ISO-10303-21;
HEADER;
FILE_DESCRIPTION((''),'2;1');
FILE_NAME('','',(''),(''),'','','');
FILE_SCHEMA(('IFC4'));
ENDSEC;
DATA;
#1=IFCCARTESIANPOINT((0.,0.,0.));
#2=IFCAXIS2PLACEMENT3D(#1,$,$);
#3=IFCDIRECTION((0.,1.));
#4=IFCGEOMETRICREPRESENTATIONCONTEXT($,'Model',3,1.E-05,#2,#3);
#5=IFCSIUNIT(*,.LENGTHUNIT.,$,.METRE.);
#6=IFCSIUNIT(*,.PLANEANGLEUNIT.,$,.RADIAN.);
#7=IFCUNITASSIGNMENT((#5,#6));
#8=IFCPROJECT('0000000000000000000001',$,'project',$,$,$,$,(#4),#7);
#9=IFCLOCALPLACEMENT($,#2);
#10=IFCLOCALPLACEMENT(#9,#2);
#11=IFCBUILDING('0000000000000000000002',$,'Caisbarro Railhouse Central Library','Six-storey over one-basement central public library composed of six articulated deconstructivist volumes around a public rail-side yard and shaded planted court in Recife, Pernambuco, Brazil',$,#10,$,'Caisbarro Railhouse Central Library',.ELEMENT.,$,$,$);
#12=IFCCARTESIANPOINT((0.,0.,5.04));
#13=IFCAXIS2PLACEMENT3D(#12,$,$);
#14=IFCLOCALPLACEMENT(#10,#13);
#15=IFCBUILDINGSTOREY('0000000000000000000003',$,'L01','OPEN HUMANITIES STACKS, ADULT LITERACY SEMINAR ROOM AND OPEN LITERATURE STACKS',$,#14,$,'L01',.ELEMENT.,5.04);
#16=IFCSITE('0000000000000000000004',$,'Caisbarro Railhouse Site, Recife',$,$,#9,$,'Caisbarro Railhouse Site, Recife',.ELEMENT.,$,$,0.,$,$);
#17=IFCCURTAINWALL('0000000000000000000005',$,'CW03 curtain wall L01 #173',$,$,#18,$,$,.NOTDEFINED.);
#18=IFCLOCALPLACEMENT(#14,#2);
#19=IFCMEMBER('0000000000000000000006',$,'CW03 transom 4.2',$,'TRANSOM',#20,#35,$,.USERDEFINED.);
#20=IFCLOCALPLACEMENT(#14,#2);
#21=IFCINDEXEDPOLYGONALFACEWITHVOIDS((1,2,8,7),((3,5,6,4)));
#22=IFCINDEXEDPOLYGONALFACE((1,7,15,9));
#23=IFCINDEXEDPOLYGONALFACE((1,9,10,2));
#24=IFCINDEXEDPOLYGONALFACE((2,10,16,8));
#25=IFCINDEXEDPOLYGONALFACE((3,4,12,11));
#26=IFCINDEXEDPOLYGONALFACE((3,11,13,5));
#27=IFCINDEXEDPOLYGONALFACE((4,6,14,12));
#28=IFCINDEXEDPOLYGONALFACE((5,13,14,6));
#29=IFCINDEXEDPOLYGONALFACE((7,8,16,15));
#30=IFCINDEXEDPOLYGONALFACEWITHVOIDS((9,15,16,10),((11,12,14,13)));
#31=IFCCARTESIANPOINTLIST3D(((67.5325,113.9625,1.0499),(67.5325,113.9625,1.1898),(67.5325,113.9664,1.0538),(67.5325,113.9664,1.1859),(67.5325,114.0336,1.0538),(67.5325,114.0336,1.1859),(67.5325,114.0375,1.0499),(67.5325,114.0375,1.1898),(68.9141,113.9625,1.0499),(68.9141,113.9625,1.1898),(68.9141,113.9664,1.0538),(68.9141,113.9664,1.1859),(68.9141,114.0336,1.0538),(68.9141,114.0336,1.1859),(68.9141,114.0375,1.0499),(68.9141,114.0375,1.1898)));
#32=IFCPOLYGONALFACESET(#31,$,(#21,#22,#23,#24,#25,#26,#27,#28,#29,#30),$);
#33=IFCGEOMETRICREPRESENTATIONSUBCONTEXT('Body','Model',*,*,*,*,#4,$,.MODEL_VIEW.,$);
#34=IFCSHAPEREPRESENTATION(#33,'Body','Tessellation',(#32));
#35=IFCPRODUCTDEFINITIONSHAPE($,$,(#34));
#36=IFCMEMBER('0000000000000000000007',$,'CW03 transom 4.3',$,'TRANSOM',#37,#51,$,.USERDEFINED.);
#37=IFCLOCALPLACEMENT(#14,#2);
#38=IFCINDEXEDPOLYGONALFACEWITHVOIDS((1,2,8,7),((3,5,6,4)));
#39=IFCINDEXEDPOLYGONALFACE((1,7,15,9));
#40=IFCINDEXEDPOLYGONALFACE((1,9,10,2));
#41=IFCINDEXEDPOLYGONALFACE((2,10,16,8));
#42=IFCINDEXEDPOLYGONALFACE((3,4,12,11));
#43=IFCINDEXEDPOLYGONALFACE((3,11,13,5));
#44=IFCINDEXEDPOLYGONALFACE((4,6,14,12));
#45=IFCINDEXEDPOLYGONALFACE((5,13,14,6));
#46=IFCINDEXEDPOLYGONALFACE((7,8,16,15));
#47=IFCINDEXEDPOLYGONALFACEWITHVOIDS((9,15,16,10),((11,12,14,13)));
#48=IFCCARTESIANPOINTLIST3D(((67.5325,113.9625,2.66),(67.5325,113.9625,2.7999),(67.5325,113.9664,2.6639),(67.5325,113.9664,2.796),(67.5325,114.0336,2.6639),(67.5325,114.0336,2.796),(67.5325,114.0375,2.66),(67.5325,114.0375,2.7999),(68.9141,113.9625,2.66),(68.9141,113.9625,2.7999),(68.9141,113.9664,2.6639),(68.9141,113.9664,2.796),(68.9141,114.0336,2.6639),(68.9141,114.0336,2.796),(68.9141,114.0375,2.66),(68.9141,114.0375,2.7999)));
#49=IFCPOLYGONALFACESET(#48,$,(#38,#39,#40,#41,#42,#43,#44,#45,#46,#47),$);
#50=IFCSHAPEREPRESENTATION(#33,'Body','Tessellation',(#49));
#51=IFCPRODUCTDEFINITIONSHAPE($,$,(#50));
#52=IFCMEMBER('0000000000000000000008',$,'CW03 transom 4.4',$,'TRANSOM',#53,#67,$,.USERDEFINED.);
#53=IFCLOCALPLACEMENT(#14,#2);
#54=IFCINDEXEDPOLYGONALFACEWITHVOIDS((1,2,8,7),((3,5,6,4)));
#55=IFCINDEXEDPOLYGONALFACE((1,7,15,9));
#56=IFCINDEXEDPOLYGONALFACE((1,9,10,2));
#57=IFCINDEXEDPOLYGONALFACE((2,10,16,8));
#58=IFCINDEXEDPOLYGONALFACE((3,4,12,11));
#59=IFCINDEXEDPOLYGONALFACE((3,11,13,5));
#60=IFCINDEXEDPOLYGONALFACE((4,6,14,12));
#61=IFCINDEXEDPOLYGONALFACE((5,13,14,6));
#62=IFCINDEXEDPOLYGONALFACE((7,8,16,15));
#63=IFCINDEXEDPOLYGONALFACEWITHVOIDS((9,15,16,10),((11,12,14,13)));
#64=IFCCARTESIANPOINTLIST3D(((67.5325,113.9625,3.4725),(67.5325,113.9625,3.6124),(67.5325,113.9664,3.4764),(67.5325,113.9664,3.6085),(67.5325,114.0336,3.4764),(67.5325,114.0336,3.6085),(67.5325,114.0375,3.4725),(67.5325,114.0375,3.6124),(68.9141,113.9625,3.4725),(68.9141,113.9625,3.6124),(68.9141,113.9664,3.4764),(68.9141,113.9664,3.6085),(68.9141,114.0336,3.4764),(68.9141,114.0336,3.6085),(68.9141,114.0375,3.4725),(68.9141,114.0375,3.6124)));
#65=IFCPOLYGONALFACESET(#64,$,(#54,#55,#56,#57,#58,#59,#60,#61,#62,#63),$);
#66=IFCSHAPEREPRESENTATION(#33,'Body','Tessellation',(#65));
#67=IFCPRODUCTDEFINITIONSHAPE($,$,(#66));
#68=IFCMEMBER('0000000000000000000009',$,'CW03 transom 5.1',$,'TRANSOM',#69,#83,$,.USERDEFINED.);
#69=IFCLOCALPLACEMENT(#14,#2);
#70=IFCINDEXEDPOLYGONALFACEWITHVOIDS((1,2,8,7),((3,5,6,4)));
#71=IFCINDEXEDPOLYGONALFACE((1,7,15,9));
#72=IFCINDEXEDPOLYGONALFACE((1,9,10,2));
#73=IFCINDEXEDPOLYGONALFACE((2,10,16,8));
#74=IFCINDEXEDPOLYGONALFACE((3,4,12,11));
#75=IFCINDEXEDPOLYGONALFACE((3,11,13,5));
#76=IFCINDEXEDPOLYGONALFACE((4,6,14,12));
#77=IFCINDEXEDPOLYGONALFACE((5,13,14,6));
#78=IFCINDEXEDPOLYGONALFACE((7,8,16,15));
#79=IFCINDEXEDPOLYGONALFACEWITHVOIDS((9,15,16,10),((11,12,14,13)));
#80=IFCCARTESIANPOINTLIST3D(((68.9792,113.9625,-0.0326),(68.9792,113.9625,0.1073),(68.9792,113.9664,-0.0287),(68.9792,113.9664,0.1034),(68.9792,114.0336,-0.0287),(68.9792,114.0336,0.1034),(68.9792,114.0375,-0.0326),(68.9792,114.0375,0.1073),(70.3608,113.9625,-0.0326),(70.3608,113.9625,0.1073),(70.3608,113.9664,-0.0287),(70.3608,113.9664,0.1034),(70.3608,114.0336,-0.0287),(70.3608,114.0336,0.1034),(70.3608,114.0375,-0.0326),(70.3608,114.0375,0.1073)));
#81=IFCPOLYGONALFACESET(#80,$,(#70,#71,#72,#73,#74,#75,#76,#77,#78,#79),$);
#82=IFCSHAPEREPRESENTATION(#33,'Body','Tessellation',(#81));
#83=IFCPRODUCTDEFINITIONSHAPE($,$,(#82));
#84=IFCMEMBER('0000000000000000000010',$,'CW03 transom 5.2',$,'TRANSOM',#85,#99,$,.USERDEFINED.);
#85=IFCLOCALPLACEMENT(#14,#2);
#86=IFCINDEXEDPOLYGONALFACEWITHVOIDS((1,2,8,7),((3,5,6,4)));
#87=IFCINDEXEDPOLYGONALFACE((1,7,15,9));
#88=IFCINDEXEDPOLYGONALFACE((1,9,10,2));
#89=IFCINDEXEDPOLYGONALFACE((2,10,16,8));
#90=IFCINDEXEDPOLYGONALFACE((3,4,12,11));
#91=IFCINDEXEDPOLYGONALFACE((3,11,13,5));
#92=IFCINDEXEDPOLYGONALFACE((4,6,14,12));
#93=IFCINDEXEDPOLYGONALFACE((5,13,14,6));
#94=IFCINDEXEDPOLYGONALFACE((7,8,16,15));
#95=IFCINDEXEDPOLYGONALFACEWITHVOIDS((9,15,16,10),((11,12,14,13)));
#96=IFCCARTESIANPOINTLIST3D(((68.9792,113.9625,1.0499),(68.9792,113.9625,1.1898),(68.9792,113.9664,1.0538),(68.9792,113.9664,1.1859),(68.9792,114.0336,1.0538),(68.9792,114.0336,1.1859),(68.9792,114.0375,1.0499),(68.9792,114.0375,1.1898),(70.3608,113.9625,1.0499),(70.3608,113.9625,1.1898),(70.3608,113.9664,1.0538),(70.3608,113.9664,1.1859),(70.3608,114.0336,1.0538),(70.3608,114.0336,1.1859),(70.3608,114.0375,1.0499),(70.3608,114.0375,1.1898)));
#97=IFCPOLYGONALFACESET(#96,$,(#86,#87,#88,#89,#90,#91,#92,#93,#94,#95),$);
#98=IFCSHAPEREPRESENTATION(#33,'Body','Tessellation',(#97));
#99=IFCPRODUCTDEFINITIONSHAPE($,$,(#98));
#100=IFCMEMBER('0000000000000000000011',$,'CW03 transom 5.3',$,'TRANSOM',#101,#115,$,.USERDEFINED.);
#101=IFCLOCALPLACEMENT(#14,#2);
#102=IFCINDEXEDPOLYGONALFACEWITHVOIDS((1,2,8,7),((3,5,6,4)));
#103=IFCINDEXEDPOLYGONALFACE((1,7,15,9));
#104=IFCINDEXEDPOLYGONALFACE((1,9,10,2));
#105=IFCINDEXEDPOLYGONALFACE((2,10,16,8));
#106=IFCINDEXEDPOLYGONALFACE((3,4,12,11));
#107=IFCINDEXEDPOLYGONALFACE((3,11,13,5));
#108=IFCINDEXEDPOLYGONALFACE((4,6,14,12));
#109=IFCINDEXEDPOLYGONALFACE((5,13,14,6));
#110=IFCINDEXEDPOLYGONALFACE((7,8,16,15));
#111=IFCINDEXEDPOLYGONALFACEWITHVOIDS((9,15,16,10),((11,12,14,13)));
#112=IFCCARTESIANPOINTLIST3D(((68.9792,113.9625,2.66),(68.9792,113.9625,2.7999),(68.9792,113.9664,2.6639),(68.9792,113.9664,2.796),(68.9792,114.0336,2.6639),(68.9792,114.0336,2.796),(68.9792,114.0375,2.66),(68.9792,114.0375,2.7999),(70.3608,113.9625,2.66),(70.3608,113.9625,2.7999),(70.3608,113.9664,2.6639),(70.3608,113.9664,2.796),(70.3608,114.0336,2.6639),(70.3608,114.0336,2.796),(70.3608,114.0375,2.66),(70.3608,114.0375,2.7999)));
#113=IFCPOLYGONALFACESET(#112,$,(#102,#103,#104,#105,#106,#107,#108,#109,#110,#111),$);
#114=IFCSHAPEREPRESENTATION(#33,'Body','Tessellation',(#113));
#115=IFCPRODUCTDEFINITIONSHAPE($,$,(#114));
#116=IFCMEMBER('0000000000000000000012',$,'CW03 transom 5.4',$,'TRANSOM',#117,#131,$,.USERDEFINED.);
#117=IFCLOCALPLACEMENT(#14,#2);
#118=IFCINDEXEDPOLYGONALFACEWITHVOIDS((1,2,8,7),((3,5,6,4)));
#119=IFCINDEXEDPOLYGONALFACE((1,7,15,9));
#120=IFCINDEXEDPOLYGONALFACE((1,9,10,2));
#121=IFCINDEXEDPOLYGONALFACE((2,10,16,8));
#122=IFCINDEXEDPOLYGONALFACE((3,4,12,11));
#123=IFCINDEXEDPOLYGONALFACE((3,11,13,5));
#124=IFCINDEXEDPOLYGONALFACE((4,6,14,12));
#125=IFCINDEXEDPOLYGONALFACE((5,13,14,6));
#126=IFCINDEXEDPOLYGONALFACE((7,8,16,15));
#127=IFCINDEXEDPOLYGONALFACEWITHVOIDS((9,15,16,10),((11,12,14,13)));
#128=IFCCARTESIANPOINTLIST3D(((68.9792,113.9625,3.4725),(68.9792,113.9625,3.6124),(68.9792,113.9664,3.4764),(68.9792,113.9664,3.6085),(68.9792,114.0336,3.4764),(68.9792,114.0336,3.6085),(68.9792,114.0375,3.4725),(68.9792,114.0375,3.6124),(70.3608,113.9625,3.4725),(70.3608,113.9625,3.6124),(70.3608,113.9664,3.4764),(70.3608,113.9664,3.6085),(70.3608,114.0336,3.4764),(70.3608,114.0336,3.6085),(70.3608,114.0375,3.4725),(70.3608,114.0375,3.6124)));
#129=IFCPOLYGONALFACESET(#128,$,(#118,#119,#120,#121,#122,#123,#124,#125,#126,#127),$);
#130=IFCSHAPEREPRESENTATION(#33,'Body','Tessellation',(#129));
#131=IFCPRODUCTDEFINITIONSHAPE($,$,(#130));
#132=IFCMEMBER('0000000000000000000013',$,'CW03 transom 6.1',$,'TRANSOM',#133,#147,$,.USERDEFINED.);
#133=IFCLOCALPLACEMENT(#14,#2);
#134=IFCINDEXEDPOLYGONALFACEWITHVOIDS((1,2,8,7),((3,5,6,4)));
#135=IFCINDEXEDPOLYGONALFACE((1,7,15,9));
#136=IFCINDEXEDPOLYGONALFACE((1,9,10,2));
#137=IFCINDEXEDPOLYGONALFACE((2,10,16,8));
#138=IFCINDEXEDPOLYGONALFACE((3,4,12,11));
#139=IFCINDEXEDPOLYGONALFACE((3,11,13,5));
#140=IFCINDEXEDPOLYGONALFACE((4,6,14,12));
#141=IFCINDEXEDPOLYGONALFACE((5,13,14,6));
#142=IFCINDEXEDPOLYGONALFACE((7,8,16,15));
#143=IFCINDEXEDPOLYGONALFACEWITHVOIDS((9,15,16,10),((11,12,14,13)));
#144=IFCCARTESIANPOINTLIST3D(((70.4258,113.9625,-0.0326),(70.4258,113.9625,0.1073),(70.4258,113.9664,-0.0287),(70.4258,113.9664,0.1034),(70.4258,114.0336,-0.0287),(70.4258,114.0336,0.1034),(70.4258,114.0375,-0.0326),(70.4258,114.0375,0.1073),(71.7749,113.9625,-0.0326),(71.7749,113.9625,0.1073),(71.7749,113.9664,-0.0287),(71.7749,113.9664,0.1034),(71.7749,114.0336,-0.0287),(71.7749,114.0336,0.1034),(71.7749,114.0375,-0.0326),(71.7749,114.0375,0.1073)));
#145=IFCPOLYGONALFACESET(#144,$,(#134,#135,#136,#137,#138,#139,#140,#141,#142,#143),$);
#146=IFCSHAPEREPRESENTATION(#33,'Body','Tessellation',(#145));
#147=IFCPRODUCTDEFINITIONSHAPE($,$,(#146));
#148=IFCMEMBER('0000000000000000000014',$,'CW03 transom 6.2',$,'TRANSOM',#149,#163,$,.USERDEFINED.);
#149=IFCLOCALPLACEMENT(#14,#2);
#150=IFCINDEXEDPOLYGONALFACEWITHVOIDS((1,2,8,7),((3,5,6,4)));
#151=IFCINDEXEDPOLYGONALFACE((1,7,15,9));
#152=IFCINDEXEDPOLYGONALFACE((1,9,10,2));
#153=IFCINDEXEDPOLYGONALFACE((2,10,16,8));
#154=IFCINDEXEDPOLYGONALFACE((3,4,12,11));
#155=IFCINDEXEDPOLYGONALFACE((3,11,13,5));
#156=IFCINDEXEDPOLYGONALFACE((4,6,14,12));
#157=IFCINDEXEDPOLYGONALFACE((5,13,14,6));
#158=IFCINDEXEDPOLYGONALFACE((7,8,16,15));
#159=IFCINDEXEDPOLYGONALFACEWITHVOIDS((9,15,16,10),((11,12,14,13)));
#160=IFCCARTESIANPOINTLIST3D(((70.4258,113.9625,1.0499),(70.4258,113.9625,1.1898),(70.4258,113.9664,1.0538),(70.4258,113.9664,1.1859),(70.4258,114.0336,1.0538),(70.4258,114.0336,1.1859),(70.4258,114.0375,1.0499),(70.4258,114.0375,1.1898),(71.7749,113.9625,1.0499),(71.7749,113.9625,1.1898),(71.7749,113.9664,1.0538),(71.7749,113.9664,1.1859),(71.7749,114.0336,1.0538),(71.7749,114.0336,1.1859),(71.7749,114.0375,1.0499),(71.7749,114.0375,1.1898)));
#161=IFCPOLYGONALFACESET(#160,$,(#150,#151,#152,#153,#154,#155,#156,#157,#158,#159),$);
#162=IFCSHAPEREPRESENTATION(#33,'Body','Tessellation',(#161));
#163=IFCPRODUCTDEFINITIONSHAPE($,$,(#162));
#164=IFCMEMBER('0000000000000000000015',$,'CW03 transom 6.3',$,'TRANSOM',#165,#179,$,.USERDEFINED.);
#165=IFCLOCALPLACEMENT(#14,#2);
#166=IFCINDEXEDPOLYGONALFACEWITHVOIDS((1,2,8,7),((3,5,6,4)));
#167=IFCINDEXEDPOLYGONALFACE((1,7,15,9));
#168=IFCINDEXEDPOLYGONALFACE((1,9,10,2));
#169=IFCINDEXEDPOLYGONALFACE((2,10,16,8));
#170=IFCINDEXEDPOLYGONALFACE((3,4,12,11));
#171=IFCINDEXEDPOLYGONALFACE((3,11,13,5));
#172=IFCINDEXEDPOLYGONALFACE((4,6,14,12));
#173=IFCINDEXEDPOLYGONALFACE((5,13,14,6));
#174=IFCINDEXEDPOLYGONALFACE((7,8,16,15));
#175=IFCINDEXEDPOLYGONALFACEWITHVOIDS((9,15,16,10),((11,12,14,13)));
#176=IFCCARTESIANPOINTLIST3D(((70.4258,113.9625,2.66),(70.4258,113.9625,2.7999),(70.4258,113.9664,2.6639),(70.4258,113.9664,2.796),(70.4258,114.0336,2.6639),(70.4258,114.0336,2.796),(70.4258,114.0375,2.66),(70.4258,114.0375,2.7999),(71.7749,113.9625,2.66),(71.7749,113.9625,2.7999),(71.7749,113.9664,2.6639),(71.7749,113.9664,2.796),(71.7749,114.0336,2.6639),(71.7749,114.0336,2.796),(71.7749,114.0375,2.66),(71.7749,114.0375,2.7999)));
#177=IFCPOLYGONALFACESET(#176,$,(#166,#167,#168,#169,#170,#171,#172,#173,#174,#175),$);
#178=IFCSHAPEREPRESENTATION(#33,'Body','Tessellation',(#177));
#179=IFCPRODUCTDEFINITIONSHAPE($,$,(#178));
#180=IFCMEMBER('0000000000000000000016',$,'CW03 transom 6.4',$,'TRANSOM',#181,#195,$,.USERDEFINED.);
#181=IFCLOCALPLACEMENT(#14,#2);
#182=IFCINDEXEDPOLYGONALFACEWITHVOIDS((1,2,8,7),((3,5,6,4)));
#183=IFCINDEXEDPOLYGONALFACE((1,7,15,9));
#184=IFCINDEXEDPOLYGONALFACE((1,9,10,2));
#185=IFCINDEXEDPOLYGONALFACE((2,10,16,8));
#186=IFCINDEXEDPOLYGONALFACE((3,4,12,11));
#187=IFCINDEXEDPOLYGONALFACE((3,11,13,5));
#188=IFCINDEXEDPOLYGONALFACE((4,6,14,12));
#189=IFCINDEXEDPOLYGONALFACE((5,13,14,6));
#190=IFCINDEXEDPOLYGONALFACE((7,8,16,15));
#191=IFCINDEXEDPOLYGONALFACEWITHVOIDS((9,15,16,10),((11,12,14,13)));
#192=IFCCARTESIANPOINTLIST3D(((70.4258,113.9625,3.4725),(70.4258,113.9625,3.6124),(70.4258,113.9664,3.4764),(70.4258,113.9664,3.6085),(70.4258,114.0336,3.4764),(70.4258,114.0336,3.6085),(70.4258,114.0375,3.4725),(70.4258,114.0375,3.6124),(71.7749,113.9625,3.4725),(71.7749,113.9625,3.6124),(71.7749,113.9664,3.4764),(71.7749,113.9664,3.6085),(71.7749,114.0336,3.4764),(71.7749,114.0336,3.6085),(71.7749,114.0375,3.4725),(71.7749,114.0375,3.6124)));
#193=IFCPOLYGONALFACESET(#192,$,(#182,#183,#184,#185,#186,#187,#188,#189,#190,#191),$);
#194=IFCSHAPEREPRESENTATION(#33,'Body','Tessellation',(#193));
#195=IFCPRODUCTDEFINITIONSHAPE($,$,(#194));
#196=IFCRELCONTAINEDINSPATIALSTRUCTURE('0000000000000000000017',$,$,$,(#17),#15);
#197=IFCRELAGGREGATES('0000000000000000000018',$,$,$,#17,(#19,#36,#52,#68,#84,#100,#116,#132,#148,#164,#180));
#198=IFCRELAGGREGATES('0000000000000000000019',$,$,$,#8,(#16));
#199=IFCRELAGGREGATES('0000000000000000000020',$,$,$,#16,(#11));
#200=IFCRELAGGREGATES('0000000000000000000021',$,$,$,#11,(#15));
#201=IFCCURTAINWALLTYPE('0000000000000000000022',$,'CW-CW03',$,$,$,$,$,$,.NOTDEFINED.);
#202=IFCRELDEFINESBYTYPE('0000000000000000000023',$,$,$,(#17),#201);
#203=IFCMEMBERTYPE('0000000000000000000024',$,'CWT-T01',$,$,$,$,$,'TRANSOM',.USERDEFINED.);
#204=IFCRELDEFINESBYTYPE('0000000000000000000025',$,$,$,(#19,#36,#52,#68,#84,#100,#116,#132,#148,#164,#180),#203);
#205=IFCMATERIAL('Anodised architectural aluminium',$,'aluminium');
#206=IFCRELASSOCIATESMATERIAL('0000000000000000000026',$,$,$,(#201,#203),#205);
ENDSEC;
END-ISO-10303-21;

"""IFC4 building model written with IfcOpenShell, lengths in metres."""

from ifc_helpers import new_model, si_unit, direction, frame, origin, origin_2d, place, context, subcontext, project, spatial, hollow_rectangle, extrude, material, material_profile, profile_set, type_object, element, aggregate, save


model = new_model("IFC4")

# Units and contexts
model_context = context("Model", 3, precision=1e-05, world=origin(), true_north=direction((0.0, 1.0)))
body_context = subcontext(model_context, "Body", "Model", "MODEL_VIEW")
ifc_project = project(units=[si_unit("LENGTHUNIT", "METRE"), si_unit("PLANEANGLEUNIT", "RADIAN")], contexts=[model_context])

# Site, building, storey
site_placement = place(None, origin())
site = spatial("IfcSite", under=ifc_project, at=site_placement, Name="Caisbarro Railhouse Site, Recife", LongName="Caisbarro Railhouse Site, Recife", CompositionType="ELEMENT", RefElevation=0.0)
building_placement = place(site_placement, origin())
building = spatial("IfcBuilding", under=site, at=building_placement, Name="Caisbarro Railhouse Central Library", Description="Six-storey over one-basement central public library composed of six articulated deconstructivist volumes around a public rail-side yard and shaded planted court in Recife, Pernambuco, Brazil", LongName="Caisbarro Railhouse Central Library", CompositionType="ELEMENT")
storey_placement = place(building_placement, frame((0.0, 0.0, 5.04)))
storey = spatial("IfcBuildingStorey", under=building, at=storey_placement, Name="L01", Description="OPEN HUMANITIES STACKS, ADULT LITERACY SEMINAR ROOM AND OPEN LITERATURE STACKS", LongName="L01", CompositionType="ELEMENT", Elevation=5.04)

# Curtain wall, members
ifc_material_1 = material(Name="Anodised architectural aluminium", Category="aluminium")
curtain_wall_type = type_object("IfcCurtainWallType", Name="CW-CW03", PredefinedType="NOTDEFINED", material=ifc_material_1)
curtain_wall_placement = place(storey_placement, origin())
curtain_wall = element("IfcCurtainWall", 1, at=curtain_wall_placement, inside=storey, type_object=curtain_wall_type, Name="CW03 curtain wall L01 #173", PredefinedType="NOTDEFINED")
ifc_material_profile_1 = material_profile(ifc_material_1, hollow_rectangle(XDim=0.075, YDim=0.1399, WallThickness=0.0039, at=origin_2d()), Name="ALU-TRN-75X140")
ifc_profile_set_1 = profile_set([ifc_material_profile_1], Name="Anodised architectural aluminium")
member_type_1 = type_object("IfcMemberType", Name="CWT-T01", ElementType="TRANSOM", PredefinedType="USERDEFINED", material=ifc_profile_set_1)
member_1_placement = place(storey_placement, frame((67.5325, 114.0, 1.1199), z_axis=(1.0, 0.0, 0.0), x_axis=(0.0, 1.0, 0.0)))
member_1 = element("IfcMember", 2, at=member_1_placement, type_object=member_type_1, Name="CW03 transom 4.2", ObjectType="TRANSOM", PredefinedType="USERDEFINED", context=body_context, shape_type="SweptSolid", body=[
    extrude(hollow_rectangle(XDim=0.075, YDim=0.1399, WallThickness=0.0039, at=origin_2d()), origin(), (0.0, 0.0, 1.0), 1.3816),
])
member_2_placement = place(storey_placement, frame((67.5325, 114.0, 2.73), z_axis=(1.0, 0.0, 0.0), x_axis=(0.0, 1.0, 0.0)))
member_2 = element("IfcMember", 3, at=member_2_placement, type_object=member_type_1, Name="CW03 transom 4.3", ObjectType="TRANSOM", PredefinedType="USERDEFINED", context=body_context, shape_type="SweptSolid", body=[
    extrude(hollow_rectangle(XDim=0.075, YDim=0.1399, WallThickness=0.0039, at=origin_2d()), origin(), (0.0, 0.0, 1.0), 1.3816),
])
member_3_placement = place(storey_placement, frame((67.5325, 114.0, 3.5425), z_axis=(1.0, 0.0, 0.0), x_axis=(0.0, 1.0, 0.0)))
member_3 = element("IfcMember", 4, at=member_3_placement, type_object=member_type_1, Name="CW03 transom 4.4", ObjectType="TRANSOM", PredefinedType="USERDEFINED", context=body_context, shape_type="SweptSolid", body=[
    extrude(hollow_rectangle(XDim=0.075, YDim=0.1399, WallThickness=0.0039, at=origin_2d()), origin(), (0.0, 0.0, 1.0), 1.3816),
])
member_4_placement = place(storey_placement, frame((68.9792, 114.0, 0.0374), z_axis=(1.0, 0.0, 0.0), x_axis=(0.0, 1.0, 0.0)))
member_4 = element("IfcMember", 5, at=member_4_placement, type_object=member_type_1, Name="CW03 transom 5.1", ObjectType="TRANSOM", PredefinedType="USERDEFINED", context=body_context, shape_type="SweptSolid", body=[
    extrude(hollow_rectangle(XDim=0.075, YDim=0.1399, WallThickness=0.0039, at=origin_2d()), origin(), (0.0, 0.0, 1.0), 1.3816),
])
member_5_placement = place(storey_placement, frame((68.9792, 114.0, 1.1199), z_axis=(1.0, 0.0, 0.0), x_axis=(0.0, 1.0, 0.0)))
member_5 = element("IfcMember", 6, at=member_5_placement, type_object=member_type_1, Name="CW03 transom 5.2", ObjectType="TRANSOM", PredefinedType="USERDEFINED", context=body_context, shape_type="SweptSolid", body=[
    extrude(hollow_rectangle(XDim=0.075, YDim=0.1399, WallThickness=0.0039, at=origin_2d()), origin(), (0.0, 0.0, 1.0), 1.3816),
])
member_6_placement = place(storey_placement, frame((68.9792, 114.0, 2.73), z_axis=(1.0, 0.0, 0.0), x_axis=(0.0, 1.0, 0.0)))
member_6 = element("IfcMember", 7, at=member_6_placement, type_object=member_type_1, Name="CW03 transom 5.3", ObjectType="TRANSOM", PredefinedType="USERDEFINED", context=body_context, shape_type="SweptSolid", body=[
    extrude(hollow_rectangle(XDim=0.075, YDim=0.1399, WallThickness=0.0039, at=origin_2d()), origin(), (0.0, 0.0, 1.0), 1.3816),
])
member_7_placement = place(storey_placement, frame((68.9792, 114.0, 3.5425), z_axis=(1.0, 0.0, 0.0), x_axis=(0.0, 1.0, 0.0)))
member_7 = element("IfcMember", 8, at=member_7_placement, type_object=member_type_1, Name="CW03 transom 5.4", ObjectType="TRANSOM", PredefinedType="USERDEFINED", context=body_context, shape_type="SweptSolid", body=[
    extrude(hollow_rectangle(XDim=0.075, YDim=0.1399, WallThickness=0.0039, at=origin_2d()), origin(), (0.0, 0.0, 1.0), 1.3816),
])
member_8_placement = place(storey_placement, frame((70.4258, 114.0, 0.0374), z_axis=(1.0, 0.0, 0.0), x_axis=(0.0, 1.0, 0.0)))
member_8 = element("IfcMember", 9, at=member_8_placement, type_object=member_type_1, Name="CW03 transom 6.1", ObjectType="TRANSOM", PredefinedType="USERDEFINED", context=body_context, shape_type="SweptSolid", body=[
    extrude(hollow_rectangle(XDim=0.075, YDim=0.1399, WallThickness=0.0039, at=origin_2d()), origin(), (0.0, 0.0, 1.0), 1.3491),
])
member_9_placement = place(storey_placement, frame((70.4258, 114.0, 1.1199), z_axis=(1.0, 0.0, 0.0), x_axis=(0.0, 1.0, 0.0)))
member_9 = element("IfcMember", 10, at=member_9_placement, type_object=member_type_1, Name="CW03 transom 6.2", ObjectType="TRANSOM", PredefinedType="USERDEFINED", context=body_context, shape_type="SweptSolid", body=[
    extrude(hollow_rectangle(XDim=0.075, YDim=0.1399, WallThickness=0.0039, at=origin_2d()), origin(), (0.0, 0.0, 1.0), 1.3491),
])
member_10_placement = place(storey_placement, frame((70.4258, 114.0, 2.73), z_axis=(1.0, 0.0, 0.0), x_axis=(0.0, 1.0, 0.0)))
member_10 = element("IfcMember", 11, at=member_10_placement, type_object=member_type_1, Name="CW03 transom 6.3", ObjectType="TRANSOM", PredefinedType="USERDEFINED", context=body_context, shape_type="SweptSolid", body=[
    extrude(hollow_rectangle(XDim=0.075, YDim=0.1399, WallThickness=0.0039, at=origin_2d()), origin(), (0.0, 0.0, 1.0), 1.3491),
])
member_11_placement = place(storey_placement, frame((70.4258, 114.0, 3.5425), z_axis=(1.0, 0.0, 0.0), x_axis=(0.0, 1.0, 0.0)))
member_11 = element("IfcMember", 12, at=member_11_placement, type_object=member_type_1, Name="CW03 transom 6.4", ObjectType="TRANSOM", PredefinedType="USERDEFINED", context=body_context, shape_type="SweptSolid", body=[
    extrude(hollow_rectangle(XDim=0.075, YDim=0.1399, WallThickness=0.0039, at=origin_2d()), origin(), (0.0, 0.0, 1.0), 1.3491),
])
aggregate(curtain_wall, [member_1, member_2, member_3, member_4, member_5, member_6, member_7, member_8, member_9, member_10, member_11])

save(model, "model.ifc")
